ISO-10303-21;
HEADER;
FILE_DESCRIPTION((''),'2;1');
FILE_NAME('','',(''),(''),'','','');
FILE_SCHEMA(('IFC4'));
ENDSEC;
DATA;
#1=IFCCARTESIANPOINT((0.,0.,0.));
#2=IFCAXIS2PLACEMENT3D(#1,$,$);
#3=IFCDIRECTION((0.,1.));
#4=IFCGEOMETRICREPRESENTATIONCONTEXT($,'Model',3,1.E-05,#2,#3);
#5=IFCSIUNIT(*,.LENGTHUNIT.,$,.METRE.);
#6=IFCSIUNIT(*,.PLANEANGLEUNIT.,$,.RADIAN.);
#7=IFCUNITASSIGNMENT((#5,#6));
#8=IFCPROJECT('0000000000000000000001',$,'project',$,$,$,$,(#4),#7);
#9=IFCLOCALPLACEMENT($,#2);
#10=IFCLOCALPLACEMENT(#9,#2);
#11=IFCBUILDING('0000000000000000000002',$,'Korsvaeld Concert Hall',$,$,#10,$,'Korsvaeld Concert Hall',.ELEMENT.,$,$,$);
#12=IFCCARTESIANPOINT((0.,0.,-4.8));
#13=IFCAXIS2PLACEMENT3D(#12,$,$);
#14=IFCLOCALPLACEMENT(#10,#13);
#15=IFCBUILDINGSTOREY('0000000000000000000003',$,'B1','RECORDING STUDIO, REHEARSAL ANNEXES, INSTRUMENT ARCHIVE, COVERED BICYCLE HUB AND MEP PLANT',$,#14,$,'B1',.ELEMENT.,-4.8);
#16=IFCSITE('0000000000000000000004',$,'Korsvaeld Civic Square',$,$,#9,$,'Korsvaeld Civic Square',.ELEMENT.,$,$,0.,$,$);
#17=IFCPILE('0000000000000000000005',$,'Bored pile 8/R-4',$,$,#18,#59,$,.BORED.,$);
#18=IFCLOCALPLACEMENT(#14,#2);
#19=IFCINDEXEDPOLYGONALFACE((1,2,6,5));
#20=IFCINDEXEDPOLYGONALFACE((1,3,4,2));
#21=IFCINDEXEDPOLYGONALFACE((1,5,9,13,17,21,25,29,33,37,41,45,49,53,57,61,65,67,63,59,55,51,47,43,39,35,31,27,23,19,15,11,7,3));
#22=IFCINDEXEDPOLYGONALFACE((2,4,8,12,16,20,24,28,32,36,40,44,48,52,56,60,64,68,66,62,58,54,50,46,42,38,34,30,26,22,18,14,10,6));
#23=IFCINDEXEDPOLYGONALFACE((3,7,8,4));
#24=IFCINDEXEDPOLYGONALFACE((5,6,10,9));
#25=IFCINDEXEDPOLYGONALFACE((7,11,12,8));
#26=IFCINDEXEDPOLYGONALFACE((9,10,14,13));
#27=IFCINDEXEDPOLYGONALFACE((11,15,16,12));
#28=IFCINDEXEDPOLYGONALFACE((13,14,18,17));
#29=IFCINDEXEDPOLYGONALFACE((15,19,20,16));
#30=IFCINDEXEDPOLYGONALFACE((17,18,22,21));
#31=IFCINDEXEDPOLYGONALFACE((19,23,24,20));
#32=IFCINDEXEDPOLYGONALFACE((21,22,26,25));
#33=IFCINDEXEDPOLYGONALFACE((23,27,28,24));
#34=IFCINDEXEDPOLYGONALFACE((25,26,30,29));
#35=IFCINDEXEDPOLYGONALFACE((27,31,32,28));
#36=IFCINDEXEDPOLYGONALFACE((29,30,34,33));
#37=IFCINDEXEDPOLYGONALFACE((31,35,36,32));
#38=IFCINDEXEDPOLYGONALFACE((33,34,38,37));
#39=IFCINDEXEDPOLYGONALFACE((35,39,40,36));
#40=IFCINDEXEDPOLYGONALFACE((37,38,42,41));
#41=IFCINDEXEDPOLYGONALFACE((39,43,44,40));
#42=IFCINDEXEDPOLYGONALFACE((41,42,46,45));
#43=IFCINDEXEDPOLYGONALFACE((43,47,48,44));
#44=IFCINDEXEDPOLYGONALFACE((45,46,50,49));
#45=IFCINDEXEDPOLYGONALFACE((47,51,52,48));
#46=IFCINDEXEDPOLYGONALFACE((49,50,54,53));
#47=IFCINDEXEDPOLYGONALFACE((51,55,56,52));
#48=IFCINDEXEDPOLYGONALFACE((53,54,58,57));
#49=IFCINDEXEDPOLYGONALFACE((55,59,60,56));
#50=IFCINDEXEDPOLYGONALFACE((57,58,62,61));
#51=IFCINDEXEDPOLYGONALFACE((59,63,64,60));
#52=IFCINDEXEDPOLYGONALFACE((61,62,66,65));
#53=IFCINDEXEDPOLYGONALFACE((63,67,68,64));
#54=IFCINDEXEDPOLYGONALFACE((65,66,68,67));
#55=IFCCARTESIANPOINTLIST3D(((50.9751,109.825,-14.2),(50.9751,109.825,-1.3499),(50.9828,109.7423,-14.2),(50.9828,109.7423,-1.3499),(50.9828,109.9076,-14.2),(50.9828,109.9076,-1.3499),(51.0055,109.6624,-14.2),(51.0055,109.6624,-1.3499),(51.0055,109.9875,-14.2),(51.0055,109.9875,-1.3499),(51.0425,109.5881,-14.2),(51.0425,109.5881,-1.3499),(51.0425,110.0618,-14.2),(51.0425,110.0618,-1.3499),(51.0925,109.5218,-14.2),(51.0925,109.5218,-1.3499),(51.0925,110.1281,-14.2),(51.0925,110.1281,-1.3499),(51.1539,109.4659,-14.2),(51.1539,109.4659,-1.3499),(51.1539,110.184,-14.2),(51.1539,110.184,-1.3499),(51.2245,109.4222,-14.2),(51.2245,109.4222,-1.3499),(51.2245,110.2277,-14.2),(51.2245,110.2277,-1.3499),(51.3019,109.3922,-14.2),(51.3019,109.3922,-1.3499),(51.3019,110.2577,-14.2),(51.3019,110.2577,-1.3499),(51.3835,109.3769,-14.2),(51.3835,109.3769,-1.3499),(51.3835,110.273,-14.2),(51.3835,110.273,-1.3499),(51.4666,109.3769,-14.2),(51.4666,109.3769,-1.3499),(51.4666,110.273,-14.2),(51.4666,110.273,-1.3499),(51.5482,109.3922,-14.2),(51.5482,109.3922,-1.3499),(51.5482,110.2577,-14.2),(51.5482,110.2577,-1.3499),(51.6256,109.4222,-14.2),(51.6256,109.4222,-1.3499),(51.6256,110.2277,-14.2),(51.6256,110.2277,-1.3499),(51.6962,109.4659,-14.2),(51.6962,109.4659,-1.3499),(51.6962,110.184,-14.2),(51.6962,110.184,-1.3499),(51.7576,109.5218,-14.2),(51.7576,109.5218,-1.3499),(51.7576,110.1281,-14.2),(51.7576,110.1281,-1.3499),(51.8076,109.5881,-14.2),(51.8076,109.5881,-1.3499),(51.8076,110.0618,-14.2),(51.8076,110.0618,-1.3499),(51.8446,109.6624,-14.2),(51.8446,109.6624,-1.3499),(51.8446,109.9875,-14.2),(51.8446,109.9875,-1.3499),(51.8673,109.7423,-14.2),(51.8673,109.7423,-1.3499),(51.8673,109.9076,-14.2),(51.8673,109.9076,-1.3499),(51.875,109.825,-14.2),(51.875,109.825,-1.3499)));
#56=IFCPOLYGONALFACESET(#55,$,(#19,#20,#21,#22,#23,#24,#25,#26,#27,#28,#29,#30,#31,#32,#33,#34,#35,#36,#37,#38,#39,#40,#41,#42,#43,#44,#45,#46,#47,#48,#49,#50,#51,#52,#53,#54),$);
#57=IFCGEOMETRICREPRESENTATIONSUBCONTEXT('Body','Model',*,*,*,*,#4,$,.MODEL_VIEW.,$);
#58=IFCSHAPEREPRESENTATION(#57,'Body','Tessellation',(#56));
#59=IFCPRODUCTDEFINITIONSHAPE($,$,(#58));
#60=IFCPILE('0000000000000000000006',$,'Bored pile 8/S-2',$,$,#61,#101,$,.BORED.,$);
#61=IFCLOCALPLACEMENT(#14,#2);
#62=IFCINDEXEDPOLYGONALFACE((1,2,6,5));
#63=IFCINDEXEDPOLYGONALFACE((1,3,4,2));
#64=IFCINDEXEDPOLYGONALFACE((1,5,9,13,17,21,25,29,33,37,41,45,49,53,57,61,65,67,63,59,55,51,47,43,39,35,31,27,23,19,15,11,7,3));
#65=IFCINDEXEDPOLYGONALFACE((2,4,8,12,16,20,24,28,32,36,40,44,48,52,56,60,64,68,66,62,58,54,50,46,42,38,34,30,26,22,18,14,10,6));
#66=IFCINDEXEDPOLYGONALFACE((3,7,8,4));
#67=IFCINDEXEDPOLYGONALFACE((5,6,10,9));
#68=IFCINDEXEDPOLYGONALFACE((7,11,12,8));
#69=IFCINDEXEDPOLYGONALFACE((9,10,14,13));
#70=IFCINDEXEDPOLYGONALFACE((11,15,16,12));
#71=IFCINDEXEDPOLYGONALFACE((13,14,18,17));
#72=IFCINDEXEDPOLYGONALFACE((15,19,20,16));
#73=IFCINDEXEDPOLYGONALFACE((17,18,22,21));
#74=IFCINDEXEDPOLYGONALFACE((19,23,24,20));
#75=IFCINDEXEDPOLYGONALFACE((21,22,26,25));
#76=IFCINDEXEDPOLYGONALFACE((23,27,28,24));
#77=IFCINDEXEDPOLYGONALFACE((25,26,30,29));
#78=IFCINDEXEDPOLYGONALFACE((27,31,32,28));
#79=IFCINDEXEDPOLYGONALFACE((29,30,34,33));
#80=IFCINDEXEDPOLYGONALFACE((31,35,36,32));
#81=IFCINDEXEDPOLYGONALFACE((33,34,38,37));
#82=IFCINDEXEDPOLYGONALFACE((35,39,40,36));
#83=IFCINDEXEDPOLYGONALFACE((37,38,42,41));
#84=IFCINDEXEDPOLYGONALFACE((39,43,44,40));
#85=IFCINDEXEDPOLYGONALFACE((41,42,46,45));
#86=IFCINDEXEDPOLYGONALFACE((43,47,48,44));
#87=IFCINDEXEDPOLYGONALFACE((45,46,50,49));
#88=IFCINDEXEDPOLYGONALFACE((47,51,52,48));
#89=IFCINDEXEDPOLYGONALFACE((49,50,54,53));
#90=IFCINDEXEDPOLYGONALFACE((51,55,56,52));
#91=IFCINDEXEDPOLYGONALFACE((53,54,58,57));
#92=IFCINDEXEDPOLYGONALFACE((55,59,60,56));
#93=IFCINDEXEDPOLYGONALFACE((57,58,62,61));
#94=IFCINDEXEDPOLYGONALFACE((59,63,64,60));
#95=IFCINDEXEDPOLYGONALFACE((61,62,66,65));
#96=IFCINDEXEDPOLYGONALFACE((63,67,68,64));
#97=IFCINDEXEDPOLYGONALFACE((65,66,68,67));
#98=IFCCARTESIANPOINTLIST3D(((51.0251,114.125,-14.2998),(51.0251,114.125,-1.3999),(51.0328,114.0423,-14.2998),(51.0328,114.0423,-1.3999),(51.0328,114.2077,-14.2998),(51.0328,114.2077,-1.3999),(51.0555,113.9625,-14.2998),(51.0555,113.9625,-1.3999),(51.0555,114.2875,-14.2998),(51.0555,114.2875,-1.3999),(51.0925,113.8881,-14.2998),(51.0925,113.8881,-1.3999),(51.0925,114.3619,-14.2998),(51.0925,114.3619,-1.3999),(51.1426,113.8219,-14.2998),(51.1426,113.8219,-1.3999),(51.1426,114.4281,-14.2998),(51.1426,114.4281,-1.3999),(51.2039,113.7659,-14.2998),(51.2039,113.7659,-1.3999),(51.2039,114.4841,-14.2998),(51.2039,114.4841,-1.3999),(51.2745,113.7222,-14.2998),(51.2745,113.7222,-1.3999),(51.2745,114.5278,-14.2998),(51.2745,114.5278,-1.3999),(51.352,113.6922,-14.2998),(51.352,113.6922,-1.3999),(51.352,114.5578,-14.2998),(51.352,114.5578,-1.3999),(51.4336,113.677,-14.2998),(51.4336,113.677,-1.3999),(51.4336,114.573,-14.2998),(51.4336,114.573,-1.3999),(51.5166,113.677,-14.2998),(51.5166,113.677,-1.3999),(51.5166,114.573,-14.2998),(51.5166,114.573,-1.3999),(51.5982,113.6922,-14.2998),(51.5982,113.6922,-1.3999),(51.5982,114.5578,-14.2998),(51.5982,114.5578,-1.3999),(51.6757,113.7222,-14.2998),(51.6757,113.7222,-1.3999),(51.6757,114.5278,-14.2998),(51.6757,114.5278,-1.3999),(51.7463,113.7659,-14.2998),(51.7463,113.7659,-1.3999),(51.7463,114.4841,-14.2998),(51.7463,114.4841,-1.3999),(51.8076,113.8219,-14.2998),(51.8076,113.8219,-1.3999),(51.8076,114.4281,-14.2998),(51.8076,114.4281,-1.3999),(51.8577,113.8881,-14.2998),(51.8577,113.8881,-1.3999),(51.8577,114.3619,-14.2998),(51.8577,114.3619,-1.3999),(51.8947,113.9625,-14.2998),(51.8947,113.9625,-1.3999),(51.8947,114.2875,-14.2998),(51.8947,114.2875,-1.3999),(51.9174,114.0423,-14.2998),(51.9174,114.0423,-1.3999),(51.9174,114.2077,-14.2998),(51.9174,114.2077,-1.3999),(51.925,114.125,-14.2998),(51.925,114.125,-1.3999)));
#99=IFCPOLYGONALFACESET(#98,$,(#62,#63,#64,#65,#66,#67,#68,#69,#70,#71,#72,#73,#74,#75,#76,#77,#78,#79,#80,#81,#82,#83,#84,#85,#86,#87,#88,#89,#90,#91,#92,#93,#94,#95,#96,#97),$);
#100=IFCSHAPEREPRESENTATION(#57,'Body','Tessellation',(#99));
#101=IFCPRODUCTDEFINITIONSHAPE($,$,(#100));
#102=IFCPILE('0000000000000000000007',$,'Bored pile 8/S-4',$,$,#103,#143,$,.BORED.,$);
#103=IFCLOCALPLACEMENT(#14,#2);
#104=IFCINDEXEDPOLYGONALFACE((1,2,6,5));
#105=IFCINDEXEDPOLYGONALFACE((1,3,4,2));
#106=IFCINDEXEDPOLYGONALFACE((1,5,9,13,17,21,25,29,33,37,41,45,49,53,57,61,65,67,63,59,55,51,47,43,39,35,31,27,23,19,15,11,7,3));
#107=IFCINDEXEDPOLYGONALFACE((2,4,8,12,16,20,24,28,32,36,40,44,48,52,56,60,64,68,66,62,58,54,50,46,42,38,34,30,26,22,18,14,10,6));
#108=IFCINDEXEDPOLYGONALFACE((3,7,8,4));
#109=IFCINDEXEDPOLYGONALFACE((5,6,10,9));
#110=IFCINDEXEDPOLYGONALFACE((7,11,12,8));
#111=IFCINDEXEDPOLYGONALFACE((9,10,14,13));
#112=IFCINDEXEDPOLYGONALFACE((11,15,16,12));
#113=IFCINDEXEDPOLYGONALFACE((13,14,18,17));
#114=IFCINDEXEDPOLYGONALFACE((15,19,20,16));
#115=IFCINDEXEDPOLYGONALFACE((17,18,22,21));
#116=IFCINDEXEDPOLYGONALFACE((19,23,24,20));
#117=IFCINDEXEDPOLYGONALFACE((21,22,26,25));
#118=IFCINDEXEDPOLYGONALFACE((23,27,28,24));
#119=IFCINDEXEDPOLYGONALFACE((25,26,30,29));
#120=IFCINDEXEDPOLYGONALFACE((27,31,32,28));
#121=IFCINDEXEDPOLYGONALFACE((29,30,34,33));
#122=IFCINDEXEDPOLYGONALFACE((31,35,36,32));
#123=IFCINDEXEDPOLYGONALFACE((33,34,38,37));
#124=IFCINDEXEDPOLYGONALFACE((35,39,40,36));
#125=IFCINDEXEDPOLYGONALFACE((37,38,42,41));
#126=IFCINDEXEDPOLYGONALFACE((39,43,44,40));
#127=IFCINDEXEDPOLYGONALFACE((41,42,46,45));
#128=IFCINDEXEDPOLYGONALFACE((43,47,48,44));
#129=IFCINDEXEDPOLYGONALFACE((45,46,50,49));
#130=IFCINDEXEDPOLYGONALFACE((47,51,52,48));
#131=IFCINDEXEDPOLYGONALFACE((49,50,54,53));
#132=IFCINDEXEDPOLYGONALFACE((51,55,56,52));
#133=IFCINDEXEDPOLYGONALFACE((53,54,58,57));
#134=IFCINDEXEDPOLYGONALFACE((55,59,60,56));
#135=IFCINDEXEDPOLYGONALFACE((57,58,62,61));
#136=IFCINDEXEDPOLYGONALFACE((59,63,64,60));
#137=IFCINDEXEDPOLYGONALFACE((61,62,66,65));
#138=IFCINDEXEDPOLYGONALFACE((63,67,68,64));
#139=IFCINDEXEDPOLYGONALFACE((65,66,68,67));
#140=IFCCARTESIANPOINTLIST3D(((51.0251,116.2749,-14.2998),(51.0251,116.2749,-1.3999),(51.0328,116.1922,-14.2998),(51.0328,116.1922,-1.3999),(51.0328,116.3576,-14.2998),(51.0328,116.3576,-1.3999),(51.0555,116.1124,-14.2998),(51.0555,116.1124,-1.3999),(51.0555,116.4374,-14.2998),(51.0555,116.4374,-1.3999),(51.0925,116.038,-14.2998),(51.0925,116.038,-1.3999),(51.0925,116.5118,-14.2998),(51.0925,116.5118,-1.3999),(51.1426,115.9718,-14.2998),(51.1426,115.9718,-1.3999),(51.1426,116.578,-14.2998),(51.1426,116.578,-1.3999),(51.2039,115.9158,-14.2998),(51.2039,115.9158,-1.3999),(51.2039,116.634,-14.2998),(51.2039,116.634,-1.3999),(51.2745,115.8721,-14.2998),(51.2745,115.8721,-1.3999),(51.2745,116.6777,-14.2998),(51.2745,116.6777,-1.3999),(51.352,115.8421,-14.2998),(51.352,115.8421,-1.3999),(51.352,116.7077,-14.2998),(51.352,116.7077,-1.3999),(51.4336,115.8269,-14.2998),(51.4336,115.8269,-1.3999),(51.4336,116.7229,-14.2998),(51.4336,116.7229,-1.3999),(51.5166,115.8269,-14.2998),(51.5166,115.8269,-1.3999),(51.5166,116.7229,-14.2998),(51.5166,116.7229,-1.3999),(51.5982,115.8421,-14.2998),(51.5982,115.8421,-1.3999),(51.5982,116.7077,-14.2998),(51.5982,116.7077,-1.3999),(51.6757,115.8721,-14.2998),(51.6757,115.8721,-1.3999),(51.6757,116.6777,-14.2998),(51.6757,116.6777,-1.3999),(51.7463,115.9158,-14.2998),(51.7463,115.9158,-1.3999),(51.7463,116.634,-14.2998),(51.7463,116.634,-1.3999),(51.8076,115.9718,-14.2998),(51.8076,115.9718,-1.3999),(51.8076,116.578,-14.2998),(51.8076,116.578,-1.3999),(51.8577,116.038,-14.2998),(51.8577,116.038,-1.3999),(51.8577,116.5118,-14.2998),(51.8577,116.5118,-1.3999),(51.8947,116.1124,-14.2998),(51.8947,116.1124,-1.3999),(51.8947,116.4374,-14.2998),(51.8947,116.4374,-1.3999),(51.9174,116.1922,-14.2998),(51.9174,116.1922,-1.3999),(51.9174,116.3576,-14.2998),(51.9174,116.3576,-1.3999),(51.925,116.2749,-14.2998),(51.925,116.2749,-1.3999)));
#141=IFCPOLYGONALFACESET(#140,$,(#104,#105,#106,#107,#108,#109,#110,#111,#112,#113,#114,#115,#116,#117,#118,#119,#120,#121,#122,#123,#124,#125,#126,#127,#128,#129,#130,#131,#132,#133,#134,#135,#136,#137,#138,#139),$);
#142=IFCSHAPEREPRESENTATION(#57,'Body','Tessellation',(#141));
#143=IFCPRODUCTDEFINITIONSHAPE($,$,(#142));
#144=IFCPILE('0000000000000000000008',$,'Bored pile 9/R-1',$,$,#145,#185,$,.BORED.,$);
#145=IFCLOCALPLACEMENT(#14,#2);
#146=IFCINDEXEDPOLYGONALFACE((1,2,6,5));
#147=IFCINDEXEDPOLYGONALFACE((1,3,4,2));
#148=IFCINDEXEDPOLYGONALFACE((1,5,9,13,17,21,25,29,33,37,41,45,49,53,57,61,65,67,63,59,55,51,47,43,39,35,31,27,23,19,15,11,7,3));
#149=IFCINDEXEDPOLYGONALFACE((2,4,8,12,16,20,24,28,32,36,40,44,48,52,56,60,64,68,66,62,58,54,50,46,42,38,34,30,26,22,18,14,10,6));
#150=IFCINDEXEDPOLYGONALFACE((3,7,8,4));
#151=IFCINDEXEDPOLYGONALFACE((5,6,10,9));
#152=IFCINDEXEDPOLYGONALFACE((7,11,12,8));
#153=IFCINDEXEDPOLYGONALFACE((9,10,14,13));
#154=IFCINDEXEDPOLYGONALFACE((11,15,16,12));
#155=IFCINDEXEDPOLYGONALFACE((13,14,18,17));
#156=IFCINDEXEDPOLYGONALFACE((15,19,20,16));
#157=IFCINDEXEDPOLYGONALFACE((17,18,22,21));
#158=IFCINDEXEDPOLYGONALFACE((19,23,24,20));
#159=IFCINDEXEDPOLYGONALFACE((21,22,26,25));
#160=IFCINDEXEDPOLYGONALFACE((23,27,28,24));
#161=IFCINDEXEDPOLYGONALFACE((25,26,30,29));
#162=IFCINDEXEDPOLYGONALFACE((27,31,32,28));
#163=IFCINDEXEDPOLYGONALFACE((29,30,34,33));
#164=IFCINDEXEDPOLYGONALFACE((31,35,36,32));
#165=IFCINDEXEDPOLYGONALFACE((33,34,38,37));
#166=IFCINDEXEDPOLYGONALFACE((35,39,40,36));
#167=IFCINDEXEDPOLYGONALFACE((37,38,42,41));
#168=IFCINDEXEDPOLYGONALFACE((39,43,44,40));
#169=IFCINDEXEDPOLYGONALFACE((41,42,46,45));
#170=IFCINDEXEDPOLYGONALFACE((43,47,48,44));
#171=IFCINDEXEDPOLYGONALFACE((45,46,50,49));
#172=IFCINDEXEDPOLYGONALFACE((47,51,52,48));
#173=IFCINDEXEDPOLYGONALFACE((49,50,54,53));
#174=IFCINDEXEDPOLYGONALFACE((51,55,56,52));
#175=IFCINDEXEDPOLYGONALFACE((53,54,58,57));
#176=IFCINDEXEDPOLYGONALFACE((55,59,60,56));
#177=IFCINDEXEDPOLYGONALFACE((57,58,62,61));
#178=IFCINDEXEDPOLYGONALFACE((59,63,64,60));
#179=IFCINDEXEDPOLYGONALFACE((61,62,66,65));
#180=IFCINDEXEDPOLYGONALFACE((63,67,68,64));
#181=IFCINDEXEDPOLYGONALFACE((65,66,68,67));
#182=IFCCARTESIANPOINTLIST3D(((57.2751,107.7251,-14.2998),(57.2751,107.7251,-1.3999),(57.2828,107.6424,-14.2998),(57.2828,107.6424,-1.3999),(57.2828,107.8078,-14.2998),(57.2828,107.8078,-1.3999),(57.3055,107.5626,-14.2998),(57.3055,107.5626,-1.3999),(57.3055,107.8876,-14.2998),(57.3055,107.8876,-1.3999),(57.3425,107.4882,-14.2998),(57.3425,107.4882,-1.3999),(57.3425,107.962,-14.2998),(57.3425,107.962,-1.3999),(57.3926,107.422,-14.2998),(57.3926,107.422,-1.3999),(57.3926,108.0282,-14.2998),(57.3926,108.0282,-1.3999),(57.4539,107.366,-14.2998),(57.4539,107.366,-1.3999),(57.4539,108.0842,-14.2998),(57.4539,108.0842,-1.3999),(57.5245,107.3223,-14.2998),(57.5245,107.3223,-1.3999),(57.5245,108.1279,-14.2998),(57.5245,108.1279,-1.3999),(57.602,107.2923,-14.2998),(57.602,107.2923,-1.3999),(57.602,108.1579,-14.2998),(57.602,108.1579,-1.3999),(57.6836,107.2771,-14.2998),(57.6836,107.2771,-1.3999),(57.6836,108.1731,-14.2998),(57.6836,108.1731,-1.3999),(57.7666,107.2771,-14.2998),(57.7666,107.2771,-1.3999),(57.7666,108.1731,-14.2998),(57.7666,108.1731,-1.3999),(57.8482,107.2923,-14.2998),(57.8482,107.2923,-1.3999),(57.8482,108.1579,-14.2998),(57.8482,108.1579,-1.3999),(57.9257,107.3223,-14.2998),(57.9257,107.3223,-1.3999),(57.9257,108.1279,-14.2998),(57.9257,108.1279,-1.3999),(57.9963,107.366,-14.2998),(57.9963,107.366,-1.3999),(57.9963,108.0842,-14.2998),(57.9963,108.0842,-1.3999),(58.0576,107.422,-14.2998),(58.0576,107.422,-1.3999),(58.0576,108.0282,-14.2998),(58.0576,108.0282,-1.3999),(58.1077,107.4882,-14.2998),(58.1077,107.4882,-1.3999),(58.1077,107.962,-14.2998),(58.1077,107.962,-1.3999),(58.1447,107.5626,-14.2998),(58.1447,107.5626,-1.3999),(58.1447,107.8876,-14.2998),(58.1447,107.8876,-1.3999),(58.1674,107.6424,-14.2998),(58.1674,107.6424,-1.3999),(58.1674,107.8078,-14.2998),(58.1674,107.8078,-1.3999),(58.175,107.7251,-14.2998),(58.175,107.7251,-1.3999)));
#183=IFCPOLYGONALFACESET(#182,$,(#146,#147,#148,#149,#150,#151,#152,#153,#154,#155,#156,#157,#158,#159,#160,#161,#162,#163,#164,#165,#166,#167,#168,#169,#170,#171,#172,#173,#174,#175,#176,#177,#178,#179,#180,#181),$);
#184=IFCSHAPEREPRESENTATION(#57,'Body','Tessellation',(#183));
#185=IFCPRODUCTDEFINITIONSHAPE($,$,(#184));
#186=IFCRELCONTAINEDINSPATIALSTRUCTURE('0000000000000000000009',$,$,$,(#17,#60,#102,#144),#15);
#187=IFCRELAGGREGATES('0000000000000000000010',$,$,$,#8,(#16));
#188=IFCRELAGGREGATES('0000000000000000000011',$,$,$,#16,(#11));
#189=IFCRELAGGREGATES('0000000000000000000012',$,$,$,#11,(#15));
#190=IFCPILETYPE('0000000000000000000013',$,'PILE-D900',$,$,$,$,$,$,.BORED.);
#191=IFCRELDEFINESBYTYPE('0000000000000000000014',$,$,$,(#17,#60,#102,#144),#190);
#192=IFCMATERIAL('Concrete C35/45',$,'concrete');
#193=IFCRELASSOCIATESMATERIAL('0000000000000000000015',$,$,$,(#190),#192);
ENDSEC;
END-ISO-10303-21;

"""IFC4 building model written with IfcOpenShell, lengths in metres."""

from ifc_helpers import new_model, si_unit, direction, frame, origin, origin_2d, place, context, subcontext, project, spatial, circle, extrude, material, material_profile, profile_set, type_object, element, save


model = new_model("IFC4")

# Units and contexts
model_context = context("Model", 3, precision=1e-05, world=origin(), true_north=direction((0.0, 1.0)))
body_context = subcontext(model_context, "Body", "Model", "MODEL_VIEW")
ifc_project = project(units=[si_unit("LENGTHUNIT", "METRE"), si_unit("PLANEANGLEUNIT", "RADIAN")], contexts=[model_context])

# Site, building, storey
site_placement = place(None, origin())
site = spatial("IfcSite", under=ifc_project, at=site_placement, Name="Korsvaeld Civic Square", LongName="Korsvaeld Civic Square", CompositionType="ELEMENT", RefElevation=0.0)
building_placement = place(site_placement, origin())
building = spatial("IfcBuilding", under=site, at=building_placement, Name="Korsvaeld Concert Hall", LongName="Korsvaeld Concert Hall", CompositionType="ELEMENT")
storey_placement = place(building_placement, frame((0.0, 0.0, -4.8)))
storey = spatial("IfcBuildingStorey", under=building, at=storey_placement, Name="B1", Description="RECORDING STUDIO, REHEARSAL ANNEXES, INSTRUMENT ARCHIVE, COVERED BICYCLE HUB AND MEP PLANT", LongName="B1", CompositionType="ELEMENT", Elevation=-4.8)

# Shared definitions
ifc_material_1 = material(Name="Concrete C35/45", Category="concrete")

# Piles
ifc_material_profile_1 = material_profile(ifc_material_1, circle(Radius=0.45, at=origin_2d()), Name="BORED PILE D900")
ifc_profile_set_1 = profile_set([ifc_material_profile_1], Name="Concrete C35/45")
pile_type_1 = type_object("IfcPileType", Name="PILE-D900", PredefinedType="BORED", material=ifc_profile_set_1)
for number, where, z_axis, x_axis, name in (
    (1, (51.425, 109.825, -1.3499), (0.0, 0.0, -1.0), (1.0, 0.0, 0.0), "Bored pile 8/R-4"),
):
    element("IfcPile", number, at=place(storey_placement, frame(where, z_axis=z_axis, x_axis=x_axis)), inside=storey, type_object=pile_type_1, Name=name, PredefinedType="BORED", context=body_context, shape_type="SweptSolid", body=[
        extrude(circle(Radius=0.45, at=origin_2d()), origin(), (0.0, 0.0, 1.0), 12.8501),
    ])
for number, where, z_axis, x_axis, name in (
    (2, (51.4751, 114.125, -1.3999), (0.0, 0.0, -1.0), (1.0, 0.0, 0.0), "Bored pile 8/S-2"),
    (3, (51.4751, 116.2749, -1.3999), (0.0, 0.0, -1.0), (1.0, 0.0, 0.0), "Bored pile 8/S-4"),
    (4, (57.7251, 107.7251, -1.3999), (0.0, 0.0, -1.0), (1.0, 0.0, 0.0), "Bored pile 9/R-1"),
):
    element("IfcPile", number, at=place(storey_placement, frame(where, z_axis=z_axis, x_axis=x_axis)), inside=storey, type_object=pile_type_1, Name=name, PredefinedType="BORED", context=body_context, shape_type="SweptSolid", body=[
        extrude(circle(Radius=0.45, at=origin_2d()), origin(), (0.0, 0.0, 1.0), 12.8999),
    ])

save(model, "model.ifc")
